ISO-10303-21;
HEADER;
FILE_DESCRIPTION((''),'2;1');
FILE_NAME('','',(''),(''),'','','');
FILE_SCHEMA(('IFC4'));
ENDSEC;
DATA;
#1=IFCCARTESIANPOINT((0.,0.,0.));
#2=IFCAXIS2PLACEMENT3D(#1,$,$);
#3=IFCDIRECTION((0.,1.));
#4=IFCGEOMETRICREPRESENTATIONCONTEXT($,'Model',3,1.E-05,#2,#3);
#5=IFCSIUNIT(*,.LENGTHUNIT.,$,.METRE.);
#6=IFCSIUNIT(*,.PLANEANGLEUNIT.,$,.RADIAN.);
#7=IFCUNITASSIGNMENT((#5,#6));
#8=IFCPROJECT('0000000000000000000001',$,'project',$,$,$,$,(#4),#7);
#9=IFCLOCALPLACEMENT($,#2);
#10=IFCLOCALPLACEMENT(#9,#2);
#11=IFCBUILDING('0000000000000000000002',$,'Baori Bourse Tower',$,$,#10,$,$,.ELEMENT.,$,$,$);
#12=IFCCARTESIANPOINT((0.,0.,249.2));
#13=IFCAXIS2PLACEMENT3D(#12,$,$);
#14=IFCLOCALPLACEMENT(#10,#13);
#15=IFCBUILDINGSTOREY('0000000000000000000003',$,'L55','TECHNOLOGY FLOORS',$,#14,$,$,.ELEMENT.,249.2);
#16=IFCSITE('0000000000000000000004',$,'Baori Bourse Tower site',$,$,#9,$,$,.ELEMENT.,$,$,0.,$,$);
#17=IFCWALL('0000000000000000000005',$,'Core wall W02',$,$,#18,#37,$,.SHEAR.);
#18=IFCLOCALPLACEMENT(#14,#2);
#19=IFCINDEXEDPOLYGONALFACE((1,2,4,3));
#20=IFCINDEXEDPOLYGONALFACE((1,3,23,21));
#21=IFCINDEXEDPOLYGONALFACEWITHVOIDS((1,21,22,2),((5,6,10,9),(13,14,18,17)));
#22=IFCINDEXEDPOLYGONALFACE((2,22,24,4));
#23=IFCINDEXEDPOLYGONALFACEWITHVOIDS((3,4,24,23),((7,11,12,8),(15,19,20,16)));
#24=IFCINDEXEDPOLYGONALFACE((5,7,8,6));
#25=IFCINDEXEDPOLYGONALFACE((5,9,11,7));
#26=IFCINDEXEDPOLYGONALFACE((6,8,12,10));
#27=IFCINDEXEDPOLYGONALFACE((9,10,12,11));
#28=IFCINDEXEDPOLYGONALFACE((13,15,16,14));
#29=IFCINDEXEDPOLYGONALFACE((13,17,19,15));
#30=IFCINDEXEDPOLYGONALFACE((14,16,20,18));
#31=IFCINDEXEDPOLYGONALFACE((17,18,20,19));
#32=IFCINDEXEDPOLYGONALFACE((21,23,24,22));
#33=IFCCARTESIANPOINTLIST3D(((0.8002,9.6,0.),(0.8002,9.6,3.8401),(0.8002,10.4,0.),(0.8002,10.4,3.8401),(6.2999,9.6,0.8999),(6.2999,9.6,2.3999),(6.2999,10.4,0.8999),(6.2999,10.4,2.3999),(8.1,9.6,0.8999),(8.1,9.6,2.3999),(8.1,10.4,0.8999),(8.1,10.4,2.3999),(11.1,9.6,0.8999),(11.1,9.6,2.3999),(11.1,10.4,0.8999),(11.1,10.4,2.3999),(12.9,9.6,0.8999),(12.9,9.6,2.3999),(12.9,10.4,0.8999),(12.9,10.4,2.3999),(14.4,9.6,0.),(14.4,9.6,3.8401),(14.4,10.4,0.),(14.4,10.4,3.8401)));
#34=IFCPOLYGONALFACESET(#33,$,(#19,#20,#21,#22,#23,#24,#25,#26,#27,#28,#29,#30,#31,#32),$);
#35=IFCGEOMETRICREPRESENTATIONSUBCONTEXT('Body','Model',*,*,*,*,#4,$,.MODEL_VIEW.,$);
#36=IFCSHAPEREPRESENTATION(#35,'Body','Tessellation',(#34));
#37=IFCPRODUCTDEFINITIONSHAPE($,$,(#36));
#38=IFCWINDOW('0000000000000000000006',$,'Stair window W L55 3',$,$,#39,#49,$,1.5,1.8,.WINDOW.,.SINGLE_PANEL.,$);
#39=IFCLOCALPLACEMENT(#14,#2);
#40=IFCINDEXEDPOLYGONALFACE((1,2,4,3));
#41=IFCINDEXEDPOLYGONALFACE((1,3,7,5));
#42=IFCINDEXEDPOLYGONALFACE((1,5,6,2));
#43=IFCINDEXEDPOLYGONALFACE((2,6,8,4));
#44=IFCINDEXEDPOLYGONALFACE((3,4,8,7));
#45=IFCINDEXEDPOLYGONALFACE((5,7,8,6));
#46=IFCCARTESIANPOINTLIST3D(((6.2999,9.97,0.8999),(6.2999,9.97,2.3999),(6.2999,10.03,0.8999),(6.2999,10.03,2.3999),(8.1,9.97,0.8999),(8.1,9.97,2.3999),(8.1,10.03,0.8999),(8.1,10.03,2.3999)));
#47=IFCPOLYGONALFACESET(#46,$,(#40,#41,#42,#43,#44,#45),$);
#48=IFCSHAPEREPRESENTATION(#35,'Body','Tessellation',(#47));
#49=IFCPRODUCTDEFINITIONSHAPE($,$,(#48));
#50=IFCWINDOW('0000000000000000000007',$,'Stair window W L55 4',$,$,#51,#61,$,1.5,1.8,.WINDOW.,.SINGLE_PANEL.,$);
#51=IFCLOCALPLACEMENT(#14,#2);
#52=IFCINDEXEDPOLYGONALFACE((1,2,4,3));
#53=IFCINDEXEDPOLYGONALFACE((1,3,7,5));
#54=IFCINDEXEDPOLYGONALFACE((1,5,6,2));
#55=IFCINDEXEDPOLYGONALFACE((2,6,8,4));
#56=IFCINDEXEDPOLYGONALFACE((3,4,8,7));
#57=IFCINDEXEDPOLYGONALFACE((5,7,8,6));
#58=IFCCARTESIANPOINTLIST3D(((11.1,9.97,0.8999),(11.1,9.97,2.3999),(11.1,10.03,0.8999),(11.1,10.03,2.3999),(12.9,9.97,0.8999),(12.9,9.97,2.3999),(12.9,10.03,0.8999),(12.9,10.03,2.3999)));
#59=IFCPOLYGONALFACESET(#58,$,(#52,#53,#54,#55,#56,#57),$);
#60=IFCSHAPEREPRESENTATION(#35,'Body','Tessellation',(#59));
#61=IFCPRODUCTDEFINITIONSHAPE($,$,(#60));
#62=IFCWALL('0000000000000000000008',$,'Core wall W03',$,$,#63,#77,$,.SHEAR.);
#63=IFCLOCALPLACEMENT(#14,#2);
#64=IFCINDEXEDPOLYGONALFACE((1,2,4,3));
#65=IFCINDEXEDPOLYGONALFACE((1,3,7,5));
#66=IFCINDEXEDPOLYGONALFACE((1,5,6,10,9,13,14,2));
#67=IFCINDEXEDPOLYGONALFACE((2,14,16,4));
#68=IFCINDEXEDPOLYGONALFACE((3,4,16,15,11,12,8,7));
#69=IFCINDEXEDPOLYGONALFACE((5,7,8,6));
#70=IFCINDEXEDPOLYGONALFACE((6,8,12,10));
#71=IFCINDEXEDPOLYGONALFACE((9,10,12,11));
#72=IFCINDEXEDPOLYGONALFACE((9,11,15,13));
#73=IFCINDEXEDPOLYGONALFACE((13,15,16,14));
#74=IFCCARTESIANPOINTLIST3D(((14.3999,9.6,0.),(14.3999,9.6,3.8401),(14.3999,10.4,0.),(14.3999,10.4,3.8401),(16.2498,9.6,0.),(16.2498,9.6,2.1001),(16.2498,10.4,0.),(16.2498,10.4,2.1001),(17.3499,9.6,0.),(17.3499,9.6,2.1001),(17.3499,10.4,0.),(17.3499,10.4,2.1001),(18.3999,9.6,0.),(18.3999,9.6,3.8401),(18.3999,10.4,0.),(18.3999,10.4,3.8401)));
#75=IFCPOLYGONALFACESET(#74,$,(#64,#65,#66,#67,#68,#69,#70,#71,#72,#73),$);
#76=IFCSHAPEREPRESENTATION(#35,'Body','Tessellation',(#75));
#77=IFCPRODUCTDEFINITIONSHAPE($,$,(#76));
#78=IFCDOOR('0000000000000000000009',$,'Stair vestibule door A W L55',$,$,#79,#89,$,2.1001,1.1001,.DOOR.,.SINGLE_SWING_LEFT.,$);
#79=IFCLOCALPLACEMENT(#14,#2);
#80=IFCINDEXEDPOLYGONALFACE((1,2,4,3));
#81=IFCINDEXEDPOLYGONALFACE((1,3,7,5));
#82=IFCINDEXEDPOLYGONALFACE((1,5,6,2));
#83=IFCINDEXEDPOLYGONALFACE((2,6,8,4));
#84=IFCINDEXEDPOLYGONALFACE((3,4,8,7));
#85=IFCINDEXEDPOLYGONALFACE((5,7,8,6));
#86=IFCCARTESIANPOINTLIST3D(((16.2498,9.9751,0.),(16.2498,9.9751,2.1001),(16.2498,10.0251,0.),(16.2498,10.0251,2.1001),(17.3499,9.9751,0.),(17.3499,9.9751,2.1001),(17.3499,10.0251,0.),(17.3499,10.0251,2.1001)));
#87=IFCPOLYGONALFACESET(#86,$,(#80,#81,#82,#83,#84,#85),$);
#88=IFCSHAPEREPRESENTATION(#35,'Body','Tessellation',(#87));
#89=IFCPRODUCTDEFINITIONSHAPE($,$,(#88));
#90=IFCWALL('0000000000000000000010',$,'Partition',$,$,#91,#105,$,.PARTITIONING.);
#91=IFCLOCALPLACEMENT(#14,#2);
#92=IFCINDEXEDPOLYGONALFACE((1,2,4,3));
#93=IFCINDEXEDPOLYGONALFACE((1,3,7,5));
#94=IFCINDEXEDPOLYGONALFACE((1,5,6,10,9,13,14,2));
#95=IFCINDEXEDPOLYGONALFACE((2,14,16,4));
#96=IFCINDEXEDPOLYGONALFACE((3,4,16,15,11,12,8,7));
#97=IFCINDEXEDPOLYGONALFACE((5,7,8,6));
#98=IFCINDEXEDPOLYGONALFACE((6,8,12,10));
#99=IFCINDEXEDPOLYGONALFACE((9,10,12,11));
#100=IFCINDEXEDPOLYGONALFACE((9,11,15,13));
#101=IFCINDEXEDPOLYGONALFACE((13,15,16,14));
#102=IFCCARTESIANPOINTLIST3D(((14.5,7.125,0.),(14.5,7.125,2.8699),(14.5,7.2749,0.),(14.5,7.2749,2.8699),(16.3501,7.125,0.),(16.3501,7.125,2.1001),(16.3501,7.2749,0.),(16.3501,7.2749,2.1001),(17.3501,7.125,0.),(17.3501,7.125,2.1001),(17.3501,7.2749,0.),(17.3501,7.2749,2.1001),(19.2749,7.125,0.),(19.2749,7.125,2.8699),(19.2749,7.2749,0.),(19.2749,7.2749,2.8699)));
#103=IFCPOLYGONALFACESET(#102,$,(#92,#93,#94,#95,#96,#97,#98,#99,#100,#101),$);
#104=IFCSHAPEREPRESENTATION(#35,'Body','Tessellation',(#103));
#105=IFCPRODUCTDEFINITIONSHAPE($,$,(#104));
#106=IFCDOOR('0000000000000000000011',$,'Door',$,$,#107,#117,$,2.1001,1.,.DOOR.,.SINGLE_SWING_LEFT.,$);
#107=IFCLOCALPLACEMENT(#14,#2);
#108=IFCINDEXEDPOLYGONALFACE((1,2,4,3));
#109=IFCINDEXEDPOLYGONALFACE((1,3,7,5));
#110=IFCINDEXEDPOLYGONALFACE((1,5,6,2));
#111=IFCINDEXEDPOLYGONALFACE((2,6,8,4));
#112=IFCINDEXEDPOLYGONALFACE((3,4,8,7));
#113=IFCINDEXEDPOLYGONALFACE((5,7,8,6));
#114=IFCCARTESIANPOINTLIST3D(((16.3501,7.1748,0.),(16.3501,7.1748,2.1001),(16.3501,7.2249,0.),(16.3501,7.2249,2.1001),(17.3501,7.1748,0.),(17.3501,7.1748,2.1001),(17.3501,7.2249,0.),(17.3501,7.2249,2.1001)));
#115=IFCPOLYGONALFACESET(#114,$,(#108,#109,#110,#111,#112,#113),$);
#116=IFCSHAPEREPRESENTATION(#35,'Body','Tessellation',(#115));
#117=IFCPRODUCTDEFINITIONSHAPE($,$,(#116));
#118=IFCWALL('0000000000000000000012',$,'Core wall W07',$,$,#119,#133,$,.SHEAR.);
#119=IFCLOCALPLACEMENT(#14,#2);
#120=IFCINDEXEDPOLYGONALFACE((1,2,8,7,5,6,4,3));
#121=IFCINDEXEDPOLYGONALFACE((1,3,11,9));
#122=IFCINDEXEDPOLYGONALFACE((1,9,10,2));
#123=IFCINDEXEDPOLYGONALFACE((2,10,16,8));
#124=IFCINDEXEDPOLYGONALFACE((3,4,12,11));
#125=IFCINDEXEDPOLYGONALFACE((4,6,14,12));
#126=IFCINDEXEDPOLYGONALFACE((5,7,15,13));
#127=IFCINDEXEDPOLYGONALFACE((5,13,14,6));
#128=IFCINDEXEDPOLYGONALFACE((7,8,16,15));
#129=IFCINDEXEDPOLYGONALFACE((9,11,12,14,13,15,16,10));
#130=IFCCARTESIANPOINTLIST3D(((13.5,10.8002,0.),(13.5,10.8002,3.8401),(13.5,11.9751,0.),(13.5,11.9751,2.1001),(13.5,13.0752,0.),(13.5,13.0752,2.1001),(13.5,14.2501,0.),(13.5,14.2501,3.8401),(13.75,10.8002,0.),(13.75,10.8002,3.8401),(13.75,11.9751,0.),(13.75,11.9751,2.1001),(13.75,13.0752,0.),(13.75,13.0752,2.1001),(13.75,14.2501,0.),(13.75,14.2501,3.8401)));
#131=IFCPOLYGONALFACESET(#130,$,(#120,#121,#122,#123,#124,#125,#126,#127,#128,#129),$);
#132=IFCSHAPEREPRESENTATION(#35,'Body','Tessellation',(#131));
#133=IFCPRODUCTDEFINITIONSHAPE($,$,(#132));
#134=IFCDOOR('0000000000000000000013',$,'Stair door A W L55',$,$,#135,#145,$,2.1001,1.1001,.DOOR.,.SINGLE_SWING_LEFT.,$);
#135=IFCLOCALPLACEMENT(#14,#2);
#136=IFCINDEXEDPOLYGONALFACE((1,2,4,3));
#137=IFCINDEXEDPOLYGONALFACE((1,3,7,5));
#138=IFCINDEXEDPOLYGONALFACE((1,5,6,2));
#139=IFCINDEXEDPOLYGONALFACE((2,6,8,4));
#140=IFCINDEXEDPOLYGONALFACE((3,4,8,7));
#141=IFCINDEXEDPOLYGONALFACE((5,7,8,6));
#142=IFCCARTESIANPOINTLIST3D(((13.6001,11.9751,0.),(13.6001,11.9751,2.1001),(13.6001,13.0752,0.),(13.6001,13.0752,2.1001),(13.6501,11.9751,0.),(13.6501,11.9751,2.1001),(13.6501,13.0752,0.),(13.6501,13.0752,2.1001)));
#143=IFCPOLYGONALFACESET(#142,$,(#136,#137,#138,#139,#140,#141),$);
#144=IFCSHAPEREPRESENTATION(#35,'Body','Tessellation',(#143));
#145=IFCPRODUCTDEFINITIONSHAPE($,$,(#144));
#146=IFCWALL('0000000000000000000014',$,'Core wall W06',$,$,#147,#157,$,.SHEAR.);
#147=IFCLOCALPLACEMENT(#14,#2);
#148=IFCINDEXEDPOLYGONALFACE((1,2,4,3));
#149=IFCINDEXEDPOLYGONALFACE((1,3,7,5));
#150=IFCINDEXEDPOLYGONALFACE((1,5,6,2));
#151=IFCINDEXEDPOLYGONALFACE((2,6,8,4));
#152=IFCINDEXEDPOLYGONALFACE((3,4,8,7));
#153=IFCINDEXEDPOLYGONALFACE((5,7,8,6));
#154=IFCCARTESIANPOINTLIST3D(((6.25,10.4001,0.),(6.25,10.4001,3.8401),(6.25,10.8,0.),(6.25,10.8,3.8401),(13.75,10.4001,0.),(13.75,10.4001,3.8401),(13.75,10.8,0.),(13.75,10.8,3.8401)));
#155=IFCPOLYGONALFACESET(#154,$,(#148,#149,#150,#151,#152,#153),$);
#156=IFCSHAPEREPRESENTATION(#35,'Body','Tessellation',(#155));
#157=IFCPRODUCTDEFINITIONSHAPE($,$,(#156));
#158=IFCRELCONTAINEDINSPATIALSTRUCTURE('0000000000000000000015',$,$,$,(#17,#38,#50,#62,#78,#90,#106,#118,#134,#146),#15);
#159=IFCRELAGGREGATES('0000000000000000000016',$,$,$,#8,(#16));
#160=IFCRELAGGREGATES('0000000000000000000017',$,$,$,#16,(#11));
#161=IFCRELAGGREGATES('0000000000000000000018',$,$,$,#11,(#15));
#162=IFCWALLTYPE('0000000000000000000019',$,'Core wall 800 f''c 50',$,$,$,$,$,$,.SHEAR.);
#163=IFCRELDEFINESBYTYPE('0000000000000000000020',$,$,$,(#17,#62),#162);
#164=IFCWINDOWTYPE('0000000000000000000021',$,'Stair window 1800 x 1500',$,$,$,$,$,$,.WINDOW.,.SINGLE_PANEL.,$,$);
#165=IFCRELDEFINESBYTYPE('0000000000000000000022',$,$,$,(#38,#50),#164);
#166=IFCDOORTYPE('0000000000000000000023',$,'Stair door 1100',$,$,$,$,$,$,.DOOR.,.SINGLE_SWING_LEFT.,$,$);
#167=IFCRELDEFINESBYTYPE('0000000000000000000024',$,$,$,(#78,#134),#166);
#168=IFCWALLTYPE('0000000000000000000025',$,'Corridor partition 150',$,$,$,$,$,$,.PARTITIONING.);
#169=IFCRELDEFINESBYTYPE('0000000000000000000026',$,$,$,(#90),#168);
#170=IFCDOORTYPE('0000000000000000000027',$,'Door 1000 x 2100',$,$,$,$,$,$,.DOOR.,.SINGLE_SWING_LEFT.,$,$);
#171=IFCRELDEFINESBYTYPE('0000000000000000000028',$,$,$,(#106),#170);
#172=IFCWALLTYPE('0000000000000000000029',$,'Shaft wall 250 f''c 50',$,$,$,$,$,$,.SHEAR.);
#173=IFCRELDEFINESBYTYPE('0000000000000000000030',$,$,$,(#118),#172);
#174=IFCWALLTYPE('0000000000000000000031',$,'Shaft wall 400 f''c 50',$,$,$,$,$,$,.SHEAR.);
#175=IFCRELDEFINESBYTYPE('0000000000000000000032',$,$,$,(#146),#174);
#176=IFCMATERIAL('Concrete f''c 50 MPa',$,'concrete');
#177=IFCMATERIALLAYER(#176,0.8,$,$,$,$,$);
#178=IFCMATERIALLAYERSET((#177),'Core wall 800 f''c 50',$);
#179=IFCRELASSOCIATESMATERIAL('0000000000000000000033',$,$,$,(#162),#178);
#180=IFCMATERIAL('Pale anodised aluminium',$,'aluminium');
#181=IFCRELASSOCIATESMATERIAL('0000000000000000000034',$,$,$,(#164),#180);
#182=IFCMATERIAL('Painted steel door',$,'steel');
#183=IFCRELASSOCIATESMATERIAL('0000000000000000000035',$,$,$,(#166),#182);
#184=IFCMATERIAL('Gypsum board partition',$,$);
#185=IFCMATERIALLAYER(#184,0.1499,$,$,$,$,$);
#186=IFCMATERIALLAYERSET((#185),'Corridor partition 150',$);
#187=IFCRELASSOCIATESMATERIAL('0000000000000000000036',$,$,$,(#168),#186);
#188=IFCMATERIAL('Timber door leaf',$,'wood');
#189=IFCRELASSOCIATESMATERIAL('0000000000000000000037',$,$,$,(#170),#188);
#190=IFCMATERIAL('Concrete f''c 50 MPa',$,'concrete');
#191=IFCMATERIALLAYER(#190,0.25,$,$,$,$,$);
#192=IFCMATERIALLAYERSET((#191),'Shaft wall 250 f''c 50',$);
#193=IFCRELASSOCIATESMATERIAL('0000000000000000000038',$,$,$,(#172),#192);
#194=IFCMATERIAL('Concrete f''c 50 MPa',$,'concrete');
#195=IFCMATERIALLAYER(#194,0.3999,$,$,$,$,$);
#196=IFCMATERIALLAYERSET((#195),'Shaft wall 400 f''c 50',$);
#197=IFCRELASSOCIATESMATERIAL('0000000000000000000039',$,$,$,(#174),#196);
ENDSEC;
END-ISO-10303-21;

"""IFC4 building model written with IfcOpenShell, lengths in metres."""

from ifc_helpers import new_model, si_unit, direction, frame, frame_2d, origin, place, context, subcontext, project, spatial, rectangle, extrude, material, layer, layer_set, type_object, element, fill, save


model = new_model("IFC4")

# Units and contexts
model_context = context("Model", 3, precision=1e-05, world=origin(), true_north=direction((0.0, 1.0)))
body_context = subcontext(model_context, "Body", "Model", "MODEL_VIEW")
ifc_project = project(units=[si_unit("LENGTHUNIT", "METRE"), si_unit("PLANEANGLEUNIT", "RADIAN")], contexts=[model_context])

# Site, building, storey
site_placement = place(None, origin())
site = spatial("IfcSite", under=ifc_project, at=site_placement, Name="Baori Bourse Tower site", CompositionType="ELEMENT", RefElevation=0.0)
building_placement = place(site_placement, origin())
building = spatial("IfcBuilding", under=site, at=building_placement, Name="Baori Bourse Tower", CompositionType="ELEMENT")
storey_placement = place(building_placement, frame((0.0, 0.0, 249.2)))
storey = spatial("IfcBuildingStorey", under=building, at=storey_placement, Name="L55", Description="TECHNOLOGY FLOORS", CompositionType="ELEMENT", Elevation=249.2)

# Wall, openings, windows
ifc_material_1 = material(Name="Concrete f'c 50 MPa", Category="concrete")
ifc_layer_1 = layer(ifc_material_1, 0.8)
ifc_layer_set_1 = layer_set([ifc_layer_1], Name="Core wall 800 f'c 50")
wall_type_1 = type_object("IfcWallType", Name="Core wall 800 f'c 50", PredefinedType="SHEAR", material=ifc_layer_set_1)
wall_1_placement = place(storey_placement, frame((14.3999, 10.0, 0.0), z_axis=(0.0, 0.0, 1.0), x_axis=(-1.0, 0.0, 0.0)))
wall_1 = element("IfcWall", 1, at=wall_1_placement, inside=storey, type_object=wall_type_1, Name="Core wall W02", PredefinedType="SHEAR", context=body_context, shape_type="SweptSolid", body=[
    extrude(rectangle(XDim=13.5999, YDim=0.8, at=frame_2d((6.7998, 0.0))), origin(), (0.0, 0.0, 1.0), 3.8401),
])
opening_1_placement = place(wall_1_placement, frame((6.3, 0.0, 0.8999)))
opening_1 = element("IfcOpeningElement", 2, at=opening_1_placement, cuts=wall_1, PredefinedType="OPENING", context=body_context, shape_type="SweptSolid", body=[
    extrude(rectangle(XDim=1.8, YDim=1.5, at=frame_2d((0.8999, 0.75))), frame((0.0, 0.4099, 0.0), z_axis=(0.0, -1.0, 0.0), x_axis=(1.0, 0.0, 0.0)), (0.0, 0.0, 1.0), 0.8201),
])
opening_2_placement = place(wall_1_placement, frame((1.5, 0.0, 0.8999)))
opening_2 = element("IfcOpeningElement", 3, at=opening_2_placement, cuts=wall_1, PredefinedType="OPENING", context=body_context, shape_type="SweptSolid", body=[
    extrude(rectangle(XDim=1.8, YDim=1.5, at=frame_2d((0.8999, 0.75))), frame((0.0, 0.4099, 0.0), z_axis=(0.0, -1.0, 0.0), x_axis=(1.0, 0.0, 0.0)), (0.0, 0.0, 1.0), 0.8201),
])
ifc_material_2 = material(Name="Pale anodised aluminium", Category="aluminium")
window_type = type_object("IfcWindowType", Name="Stair window 1800 x 1500", PartitioningType="SINGLE_PANEL", PredefinedType="WINDOW", material=ifc_material_2)
window_1_placement = place(opening_1_placement, origin())
window_1 = element("IfcWindow", 4, at=window_1_placement, inside=storey, type_object=window_type, Name="Stair window W L55 3", OverallHeight=1.5, OverallWidth=1.8, PartitioningType="SINGLE_PANEL", PredefinedType="WINDOW", context=body_context, shape_type="SweptSolid", body=[
    extrude(rectangle(XDim=1.8, YDim=1.5, at=frame_2d((0.8999, 0.75))), frame((0.0, 0.03, 0.0), z_axis=(0.0, -1.0, 0.0), x_axis=(1.0, 0.0, 0.0)), (0.0, 0.0, 1.0), 0.0601),
])
fill(opening_1, window_1)
window_2_placement = place(opening_2_placement, origin())
window_2 = element("IfcWindow", 5, at=window_2_placement, inside=storey, type_object=window_type, Name="Stair window W L55 4", OverallHeight=1.5, OverallWidth=1.8, PartitioningType="SINGLE_PANEL", PredefinedType="WINDOW", context=body_context, shape_type="SweptSolid", body=[
    extrude(rectangle(XDim=1.8, YDim=1.5, at=frame_2d((0.8999, 0.75))), frame((0.0, 0.03, 0.0), z_axis=(0.0, -1.0, 0.0), x_axis=(1.0, 0.0, 0.0)), (0.0, 0.0, 1.0), 0.0601),
])
fill(opening_2, window_2)

# Walls, openings, doors
wall_2_placement = place(storey_placement, frame((18.3999, 10.0, 0.0), z_axis=(0.0, 0.0, 1.0), x_axis=(-1.0, 0.0, 0.0)))
wall_2 = element("IfcWall", 6, at=wall_2_placement, inside=storey, type_object=wall_type_1, Name="Core wall W03", PredefinedType="SHEAR", context=body_context, shape_type="SweptSolid", body=[
    extrude(rectangle(XDim=4.0, YDim=0.8, at=frame_2d((2.0, 0.0))), origin(), (0.0, 0.0, 1.0), 3.8401),
])
opening_3_placement = place(wall_2_placement, frame((1.05, 0.0, 0.0)))
opening_3 = element("IfcOpeningElement", 7, at=opening_3_placement, cuts=wall_2, PredefinedType="OPENING", context=body_context, shape_type="SweptSolid", body=[
    extrude(rectangle(XDim=1.1001, YDim=2.1001, at=frame_2d((0.55, 1.05))), frame((0.0, 0.4099, 0.0), z_axis=(0.0, -1.0, 0.0), x_axis=(1.0, 0.0, 0.0)), (0.0, 0.0, 1.0), 0.8201),
])
ifc_material_3 = material(Name="Painted steel door", Category="steel")
door_type_1 = type_object("IfcDoorType", Name="Stair door 1100", OperationType="SINGLE_SWING_LEFT", PredefinedType="DOOR", material=ifc_material_3)
door_1_placement = place(opening_3_placement, origin())
door_1 = element("IfcDoor", 8, at=door_1_placement, inside=storey, type_object=door_type_1, Name="Stair vestibule door A W L55", OperationType="SINGLE_SWING_LEFT", OverallHeight=2.1001, OverallWidth=1.1001, PredefinedType="DOOR", context=body_context, shape_type="SweptSolid", body=[
    extrude(rectangle(XDim=1.1001, YDim=2.1001, at=frame_2d((0.55, 1.05))), frame((0.0, 0.0249, 0.0), z_axis=(0.0, -1.0, 0.0), x_axis=(1.0, 0.0, 0.0)), (0.0, 0.0, 1.0), 0.05),
])
fill(opening_3, door_1)
ifc_material_4 = material(Name="Gypsum board partition")
ifc_layer_2 = layer(ifc_material_4, 0.1499)
ifc_layer_set_2 = layer_set([ifc_layer_2], Name="Corridor partition 150")
wall_type_2 = type_object("IfcWallType", Name="Corridor partition 150", PredefinedType="PARTITIONING", material=ifc_layer_set_2)
wall_3_placement = place(storey_placement, frame((14.5, 7.2, 0.0), z_axis=(0.0, 0.0, 1.0), x_axis=(1.0, 0.0, 0.0)))
wall_3 = element("IfcWall", 9, at=wall_3_placement, inside=storey, type_object=wall_type_2, Name="Partition", PredefinedType="PARTITIONING", context=body_context, shape_type="SweptSolid", body=[
    extrude(rectangle(XDim=4.7749, YDim=0.1499, at=frame_2d((2.3875, 0.0))), origin(), (0.0, 0.0, 1.0), 2.8699),
])
opening_4_placement = place(wall_3_placement, frame((1.8501, 0.0, 0.0)))
opening_4 = element("IfcOpeningElement", 10, at=opening_4_placement, cuts=wall_3, PredefinedType="OPENING", context=body_context, shape_type="SweptSolid", body=[
    extrude(rectangle(XDim=1.0, YDim=2.1001, at=frame_2d((0.5, 1.05))), frame((0.0, 0.085, 0.0), z_axis=(0.0, -1.0, 0.0), x_axis=(1.0, 0.0, 0.0)), (0.0, 0.0, 1.0), 0.1699),
])
ifc_material_5 = material(Name="Timber door leaf", Category="wood")
door_type_2 = type_object("IfcDoorType", Name="Door 1000 x 2100", OperationType="SINGLE_SWING_LEFT", PredefinedType="DOOR", material=ifc_material_5)
door_2_placement = place(opening_4_placement, origin())
door_2 = element("IfcDoor", 11, at=door_2_placement, inside=storey, type_object=door_type_2, Name="Door", OperationType="SINGLE_SWING_LEFT", OverallHeight=2.1001, OverallWidth=1.0, PredefinedType="DOOR", context=body_context, shape_type="SweptSolid", body=[
    extrude(rectangle(XDim=1.0, YDim=2.1001, at=frame_2d((0.5, 1.05))), frame((0.0, 0.0249, 0.0), z_axis=(0.0, -1.0, 0.0), x_axis=(1.0, 0.0, 0.0)), (0.0, 0.0, 1.0), 0.05),
])
fill(opening_4, door_2)
ifc_material_6 = material(Name="Concrete f'c 50 MPa", Category="concrete")
ifc_layer_3 = layer(ifc_material_6, 0.25)
ifc_layer_set_3 = layer_set([ifc_layer_3], Name="Shaft wall 250 f'c 50")
wall_type_3 = type_object("IfcWallType", Name="Shaft wall 250 f'c 50", PredefinedType="SHEAR", material=ifc_layer_set_3)
wall_4_placement = place(storey_placement, frame((13.625, 10.8, 0.0), z_axis=(0.0, 0.0, 1.0), x_axis=(0.0, 1.0, 0.0)))
wall_4 = element("IfcWall", 12, at=wall_4_placement, inside=storey, type_object=wall_type_3, Name="Core wall W07", PredefinedType="SHEAR", context=body_context, shape_type="SweptSolid", body=[
    extrude(rectangle(XDim=3.45, YDim=0.25, at=frame_2d((1.7251, 0.0))), origin(), (0.0, 0.0, 1.0), 3.8401),
])
opening_5_placement = place(wall_4_placement, frame((1.175, 0.0, 0.0)))
opening_5 = element("IfcOpeningElement", 13, at=opening_5_placement, cuts=wall_4, PredefinedType="OPENING", context=body_context, shape_type="SweptSolid", body=[
    extrude(rectangle(XDim=1.1001, YDim=2.1001, at=frame_2d((0.55, 1.05))), frame((0.0, 0.135, 0.0), z_axis=(0.0, -1.0, 0.0), x_axis=(1.0, 0.0, 0.0)), (0.0, 0.0, 1.0), 0.27),
])
door_3_placement = place(opening_5_placement, origin())
door_3 = element("IfcDoor", 14, at=door_3_placement, inside=storey, type_object=door_type_1, Name="Stair door A W L55", OperationType="SINGLE_SWING_LEFT", OverallHeight=2.1001, OverallWidth=1.1001, PredefinedType="DOOR", context=body_context, shape_type="SweptSolid", body=[
    extrude(rectangle(XDim=1.1001, YDim=2.1001, at=frame_2d((0.55, 1.05))), frame((0.0, 0.0249, 0.0), z_axis=(0.0, -1.0, 0.0), x_axis=(1.0, 0.0, 0.0)), (0.0, 0.0, 1.0), 0.05),
])
fill(opening_5, door_3)

# Wall
ifc_material_7 = material(Name="Concrete f'c 50 MPa", Category="concrete")
ifc_layer_4 = layer(ifc_material_7, 0.3999)
ifc_layer_set_4 = layer_set([ifc_layer_4], Name="Shaft wall 400 f'c 50")
wall_type_4 = type_object("IfcWallType", Name="Shaft wall 400 f'c 50", PredefinedType="SHEAR", material=ifc_layer_set_4)
wall_5_placement = place(storey_placement, frame((6.25, 10.6001, 0.0), z_axis=(0.0, 0.0, 1.0), x_axis=(1.0, 0.0, 0.0)))
element("IfcWall", 15, at=wall_5_placement, inside=storey, type_object=wall_type_4, Name="Core wall W06", PredefinedType="SHEAR", context=body_context, shape_type="SweptSolid", body=[
    extrude(rectangle(XDim=7.5, YDim=0.3999, at=frame_2d((3.75, 0.0))), origin(), (0.0, 0.0, 1.0), 3.8401),
])

save(model, "model.ifc")
